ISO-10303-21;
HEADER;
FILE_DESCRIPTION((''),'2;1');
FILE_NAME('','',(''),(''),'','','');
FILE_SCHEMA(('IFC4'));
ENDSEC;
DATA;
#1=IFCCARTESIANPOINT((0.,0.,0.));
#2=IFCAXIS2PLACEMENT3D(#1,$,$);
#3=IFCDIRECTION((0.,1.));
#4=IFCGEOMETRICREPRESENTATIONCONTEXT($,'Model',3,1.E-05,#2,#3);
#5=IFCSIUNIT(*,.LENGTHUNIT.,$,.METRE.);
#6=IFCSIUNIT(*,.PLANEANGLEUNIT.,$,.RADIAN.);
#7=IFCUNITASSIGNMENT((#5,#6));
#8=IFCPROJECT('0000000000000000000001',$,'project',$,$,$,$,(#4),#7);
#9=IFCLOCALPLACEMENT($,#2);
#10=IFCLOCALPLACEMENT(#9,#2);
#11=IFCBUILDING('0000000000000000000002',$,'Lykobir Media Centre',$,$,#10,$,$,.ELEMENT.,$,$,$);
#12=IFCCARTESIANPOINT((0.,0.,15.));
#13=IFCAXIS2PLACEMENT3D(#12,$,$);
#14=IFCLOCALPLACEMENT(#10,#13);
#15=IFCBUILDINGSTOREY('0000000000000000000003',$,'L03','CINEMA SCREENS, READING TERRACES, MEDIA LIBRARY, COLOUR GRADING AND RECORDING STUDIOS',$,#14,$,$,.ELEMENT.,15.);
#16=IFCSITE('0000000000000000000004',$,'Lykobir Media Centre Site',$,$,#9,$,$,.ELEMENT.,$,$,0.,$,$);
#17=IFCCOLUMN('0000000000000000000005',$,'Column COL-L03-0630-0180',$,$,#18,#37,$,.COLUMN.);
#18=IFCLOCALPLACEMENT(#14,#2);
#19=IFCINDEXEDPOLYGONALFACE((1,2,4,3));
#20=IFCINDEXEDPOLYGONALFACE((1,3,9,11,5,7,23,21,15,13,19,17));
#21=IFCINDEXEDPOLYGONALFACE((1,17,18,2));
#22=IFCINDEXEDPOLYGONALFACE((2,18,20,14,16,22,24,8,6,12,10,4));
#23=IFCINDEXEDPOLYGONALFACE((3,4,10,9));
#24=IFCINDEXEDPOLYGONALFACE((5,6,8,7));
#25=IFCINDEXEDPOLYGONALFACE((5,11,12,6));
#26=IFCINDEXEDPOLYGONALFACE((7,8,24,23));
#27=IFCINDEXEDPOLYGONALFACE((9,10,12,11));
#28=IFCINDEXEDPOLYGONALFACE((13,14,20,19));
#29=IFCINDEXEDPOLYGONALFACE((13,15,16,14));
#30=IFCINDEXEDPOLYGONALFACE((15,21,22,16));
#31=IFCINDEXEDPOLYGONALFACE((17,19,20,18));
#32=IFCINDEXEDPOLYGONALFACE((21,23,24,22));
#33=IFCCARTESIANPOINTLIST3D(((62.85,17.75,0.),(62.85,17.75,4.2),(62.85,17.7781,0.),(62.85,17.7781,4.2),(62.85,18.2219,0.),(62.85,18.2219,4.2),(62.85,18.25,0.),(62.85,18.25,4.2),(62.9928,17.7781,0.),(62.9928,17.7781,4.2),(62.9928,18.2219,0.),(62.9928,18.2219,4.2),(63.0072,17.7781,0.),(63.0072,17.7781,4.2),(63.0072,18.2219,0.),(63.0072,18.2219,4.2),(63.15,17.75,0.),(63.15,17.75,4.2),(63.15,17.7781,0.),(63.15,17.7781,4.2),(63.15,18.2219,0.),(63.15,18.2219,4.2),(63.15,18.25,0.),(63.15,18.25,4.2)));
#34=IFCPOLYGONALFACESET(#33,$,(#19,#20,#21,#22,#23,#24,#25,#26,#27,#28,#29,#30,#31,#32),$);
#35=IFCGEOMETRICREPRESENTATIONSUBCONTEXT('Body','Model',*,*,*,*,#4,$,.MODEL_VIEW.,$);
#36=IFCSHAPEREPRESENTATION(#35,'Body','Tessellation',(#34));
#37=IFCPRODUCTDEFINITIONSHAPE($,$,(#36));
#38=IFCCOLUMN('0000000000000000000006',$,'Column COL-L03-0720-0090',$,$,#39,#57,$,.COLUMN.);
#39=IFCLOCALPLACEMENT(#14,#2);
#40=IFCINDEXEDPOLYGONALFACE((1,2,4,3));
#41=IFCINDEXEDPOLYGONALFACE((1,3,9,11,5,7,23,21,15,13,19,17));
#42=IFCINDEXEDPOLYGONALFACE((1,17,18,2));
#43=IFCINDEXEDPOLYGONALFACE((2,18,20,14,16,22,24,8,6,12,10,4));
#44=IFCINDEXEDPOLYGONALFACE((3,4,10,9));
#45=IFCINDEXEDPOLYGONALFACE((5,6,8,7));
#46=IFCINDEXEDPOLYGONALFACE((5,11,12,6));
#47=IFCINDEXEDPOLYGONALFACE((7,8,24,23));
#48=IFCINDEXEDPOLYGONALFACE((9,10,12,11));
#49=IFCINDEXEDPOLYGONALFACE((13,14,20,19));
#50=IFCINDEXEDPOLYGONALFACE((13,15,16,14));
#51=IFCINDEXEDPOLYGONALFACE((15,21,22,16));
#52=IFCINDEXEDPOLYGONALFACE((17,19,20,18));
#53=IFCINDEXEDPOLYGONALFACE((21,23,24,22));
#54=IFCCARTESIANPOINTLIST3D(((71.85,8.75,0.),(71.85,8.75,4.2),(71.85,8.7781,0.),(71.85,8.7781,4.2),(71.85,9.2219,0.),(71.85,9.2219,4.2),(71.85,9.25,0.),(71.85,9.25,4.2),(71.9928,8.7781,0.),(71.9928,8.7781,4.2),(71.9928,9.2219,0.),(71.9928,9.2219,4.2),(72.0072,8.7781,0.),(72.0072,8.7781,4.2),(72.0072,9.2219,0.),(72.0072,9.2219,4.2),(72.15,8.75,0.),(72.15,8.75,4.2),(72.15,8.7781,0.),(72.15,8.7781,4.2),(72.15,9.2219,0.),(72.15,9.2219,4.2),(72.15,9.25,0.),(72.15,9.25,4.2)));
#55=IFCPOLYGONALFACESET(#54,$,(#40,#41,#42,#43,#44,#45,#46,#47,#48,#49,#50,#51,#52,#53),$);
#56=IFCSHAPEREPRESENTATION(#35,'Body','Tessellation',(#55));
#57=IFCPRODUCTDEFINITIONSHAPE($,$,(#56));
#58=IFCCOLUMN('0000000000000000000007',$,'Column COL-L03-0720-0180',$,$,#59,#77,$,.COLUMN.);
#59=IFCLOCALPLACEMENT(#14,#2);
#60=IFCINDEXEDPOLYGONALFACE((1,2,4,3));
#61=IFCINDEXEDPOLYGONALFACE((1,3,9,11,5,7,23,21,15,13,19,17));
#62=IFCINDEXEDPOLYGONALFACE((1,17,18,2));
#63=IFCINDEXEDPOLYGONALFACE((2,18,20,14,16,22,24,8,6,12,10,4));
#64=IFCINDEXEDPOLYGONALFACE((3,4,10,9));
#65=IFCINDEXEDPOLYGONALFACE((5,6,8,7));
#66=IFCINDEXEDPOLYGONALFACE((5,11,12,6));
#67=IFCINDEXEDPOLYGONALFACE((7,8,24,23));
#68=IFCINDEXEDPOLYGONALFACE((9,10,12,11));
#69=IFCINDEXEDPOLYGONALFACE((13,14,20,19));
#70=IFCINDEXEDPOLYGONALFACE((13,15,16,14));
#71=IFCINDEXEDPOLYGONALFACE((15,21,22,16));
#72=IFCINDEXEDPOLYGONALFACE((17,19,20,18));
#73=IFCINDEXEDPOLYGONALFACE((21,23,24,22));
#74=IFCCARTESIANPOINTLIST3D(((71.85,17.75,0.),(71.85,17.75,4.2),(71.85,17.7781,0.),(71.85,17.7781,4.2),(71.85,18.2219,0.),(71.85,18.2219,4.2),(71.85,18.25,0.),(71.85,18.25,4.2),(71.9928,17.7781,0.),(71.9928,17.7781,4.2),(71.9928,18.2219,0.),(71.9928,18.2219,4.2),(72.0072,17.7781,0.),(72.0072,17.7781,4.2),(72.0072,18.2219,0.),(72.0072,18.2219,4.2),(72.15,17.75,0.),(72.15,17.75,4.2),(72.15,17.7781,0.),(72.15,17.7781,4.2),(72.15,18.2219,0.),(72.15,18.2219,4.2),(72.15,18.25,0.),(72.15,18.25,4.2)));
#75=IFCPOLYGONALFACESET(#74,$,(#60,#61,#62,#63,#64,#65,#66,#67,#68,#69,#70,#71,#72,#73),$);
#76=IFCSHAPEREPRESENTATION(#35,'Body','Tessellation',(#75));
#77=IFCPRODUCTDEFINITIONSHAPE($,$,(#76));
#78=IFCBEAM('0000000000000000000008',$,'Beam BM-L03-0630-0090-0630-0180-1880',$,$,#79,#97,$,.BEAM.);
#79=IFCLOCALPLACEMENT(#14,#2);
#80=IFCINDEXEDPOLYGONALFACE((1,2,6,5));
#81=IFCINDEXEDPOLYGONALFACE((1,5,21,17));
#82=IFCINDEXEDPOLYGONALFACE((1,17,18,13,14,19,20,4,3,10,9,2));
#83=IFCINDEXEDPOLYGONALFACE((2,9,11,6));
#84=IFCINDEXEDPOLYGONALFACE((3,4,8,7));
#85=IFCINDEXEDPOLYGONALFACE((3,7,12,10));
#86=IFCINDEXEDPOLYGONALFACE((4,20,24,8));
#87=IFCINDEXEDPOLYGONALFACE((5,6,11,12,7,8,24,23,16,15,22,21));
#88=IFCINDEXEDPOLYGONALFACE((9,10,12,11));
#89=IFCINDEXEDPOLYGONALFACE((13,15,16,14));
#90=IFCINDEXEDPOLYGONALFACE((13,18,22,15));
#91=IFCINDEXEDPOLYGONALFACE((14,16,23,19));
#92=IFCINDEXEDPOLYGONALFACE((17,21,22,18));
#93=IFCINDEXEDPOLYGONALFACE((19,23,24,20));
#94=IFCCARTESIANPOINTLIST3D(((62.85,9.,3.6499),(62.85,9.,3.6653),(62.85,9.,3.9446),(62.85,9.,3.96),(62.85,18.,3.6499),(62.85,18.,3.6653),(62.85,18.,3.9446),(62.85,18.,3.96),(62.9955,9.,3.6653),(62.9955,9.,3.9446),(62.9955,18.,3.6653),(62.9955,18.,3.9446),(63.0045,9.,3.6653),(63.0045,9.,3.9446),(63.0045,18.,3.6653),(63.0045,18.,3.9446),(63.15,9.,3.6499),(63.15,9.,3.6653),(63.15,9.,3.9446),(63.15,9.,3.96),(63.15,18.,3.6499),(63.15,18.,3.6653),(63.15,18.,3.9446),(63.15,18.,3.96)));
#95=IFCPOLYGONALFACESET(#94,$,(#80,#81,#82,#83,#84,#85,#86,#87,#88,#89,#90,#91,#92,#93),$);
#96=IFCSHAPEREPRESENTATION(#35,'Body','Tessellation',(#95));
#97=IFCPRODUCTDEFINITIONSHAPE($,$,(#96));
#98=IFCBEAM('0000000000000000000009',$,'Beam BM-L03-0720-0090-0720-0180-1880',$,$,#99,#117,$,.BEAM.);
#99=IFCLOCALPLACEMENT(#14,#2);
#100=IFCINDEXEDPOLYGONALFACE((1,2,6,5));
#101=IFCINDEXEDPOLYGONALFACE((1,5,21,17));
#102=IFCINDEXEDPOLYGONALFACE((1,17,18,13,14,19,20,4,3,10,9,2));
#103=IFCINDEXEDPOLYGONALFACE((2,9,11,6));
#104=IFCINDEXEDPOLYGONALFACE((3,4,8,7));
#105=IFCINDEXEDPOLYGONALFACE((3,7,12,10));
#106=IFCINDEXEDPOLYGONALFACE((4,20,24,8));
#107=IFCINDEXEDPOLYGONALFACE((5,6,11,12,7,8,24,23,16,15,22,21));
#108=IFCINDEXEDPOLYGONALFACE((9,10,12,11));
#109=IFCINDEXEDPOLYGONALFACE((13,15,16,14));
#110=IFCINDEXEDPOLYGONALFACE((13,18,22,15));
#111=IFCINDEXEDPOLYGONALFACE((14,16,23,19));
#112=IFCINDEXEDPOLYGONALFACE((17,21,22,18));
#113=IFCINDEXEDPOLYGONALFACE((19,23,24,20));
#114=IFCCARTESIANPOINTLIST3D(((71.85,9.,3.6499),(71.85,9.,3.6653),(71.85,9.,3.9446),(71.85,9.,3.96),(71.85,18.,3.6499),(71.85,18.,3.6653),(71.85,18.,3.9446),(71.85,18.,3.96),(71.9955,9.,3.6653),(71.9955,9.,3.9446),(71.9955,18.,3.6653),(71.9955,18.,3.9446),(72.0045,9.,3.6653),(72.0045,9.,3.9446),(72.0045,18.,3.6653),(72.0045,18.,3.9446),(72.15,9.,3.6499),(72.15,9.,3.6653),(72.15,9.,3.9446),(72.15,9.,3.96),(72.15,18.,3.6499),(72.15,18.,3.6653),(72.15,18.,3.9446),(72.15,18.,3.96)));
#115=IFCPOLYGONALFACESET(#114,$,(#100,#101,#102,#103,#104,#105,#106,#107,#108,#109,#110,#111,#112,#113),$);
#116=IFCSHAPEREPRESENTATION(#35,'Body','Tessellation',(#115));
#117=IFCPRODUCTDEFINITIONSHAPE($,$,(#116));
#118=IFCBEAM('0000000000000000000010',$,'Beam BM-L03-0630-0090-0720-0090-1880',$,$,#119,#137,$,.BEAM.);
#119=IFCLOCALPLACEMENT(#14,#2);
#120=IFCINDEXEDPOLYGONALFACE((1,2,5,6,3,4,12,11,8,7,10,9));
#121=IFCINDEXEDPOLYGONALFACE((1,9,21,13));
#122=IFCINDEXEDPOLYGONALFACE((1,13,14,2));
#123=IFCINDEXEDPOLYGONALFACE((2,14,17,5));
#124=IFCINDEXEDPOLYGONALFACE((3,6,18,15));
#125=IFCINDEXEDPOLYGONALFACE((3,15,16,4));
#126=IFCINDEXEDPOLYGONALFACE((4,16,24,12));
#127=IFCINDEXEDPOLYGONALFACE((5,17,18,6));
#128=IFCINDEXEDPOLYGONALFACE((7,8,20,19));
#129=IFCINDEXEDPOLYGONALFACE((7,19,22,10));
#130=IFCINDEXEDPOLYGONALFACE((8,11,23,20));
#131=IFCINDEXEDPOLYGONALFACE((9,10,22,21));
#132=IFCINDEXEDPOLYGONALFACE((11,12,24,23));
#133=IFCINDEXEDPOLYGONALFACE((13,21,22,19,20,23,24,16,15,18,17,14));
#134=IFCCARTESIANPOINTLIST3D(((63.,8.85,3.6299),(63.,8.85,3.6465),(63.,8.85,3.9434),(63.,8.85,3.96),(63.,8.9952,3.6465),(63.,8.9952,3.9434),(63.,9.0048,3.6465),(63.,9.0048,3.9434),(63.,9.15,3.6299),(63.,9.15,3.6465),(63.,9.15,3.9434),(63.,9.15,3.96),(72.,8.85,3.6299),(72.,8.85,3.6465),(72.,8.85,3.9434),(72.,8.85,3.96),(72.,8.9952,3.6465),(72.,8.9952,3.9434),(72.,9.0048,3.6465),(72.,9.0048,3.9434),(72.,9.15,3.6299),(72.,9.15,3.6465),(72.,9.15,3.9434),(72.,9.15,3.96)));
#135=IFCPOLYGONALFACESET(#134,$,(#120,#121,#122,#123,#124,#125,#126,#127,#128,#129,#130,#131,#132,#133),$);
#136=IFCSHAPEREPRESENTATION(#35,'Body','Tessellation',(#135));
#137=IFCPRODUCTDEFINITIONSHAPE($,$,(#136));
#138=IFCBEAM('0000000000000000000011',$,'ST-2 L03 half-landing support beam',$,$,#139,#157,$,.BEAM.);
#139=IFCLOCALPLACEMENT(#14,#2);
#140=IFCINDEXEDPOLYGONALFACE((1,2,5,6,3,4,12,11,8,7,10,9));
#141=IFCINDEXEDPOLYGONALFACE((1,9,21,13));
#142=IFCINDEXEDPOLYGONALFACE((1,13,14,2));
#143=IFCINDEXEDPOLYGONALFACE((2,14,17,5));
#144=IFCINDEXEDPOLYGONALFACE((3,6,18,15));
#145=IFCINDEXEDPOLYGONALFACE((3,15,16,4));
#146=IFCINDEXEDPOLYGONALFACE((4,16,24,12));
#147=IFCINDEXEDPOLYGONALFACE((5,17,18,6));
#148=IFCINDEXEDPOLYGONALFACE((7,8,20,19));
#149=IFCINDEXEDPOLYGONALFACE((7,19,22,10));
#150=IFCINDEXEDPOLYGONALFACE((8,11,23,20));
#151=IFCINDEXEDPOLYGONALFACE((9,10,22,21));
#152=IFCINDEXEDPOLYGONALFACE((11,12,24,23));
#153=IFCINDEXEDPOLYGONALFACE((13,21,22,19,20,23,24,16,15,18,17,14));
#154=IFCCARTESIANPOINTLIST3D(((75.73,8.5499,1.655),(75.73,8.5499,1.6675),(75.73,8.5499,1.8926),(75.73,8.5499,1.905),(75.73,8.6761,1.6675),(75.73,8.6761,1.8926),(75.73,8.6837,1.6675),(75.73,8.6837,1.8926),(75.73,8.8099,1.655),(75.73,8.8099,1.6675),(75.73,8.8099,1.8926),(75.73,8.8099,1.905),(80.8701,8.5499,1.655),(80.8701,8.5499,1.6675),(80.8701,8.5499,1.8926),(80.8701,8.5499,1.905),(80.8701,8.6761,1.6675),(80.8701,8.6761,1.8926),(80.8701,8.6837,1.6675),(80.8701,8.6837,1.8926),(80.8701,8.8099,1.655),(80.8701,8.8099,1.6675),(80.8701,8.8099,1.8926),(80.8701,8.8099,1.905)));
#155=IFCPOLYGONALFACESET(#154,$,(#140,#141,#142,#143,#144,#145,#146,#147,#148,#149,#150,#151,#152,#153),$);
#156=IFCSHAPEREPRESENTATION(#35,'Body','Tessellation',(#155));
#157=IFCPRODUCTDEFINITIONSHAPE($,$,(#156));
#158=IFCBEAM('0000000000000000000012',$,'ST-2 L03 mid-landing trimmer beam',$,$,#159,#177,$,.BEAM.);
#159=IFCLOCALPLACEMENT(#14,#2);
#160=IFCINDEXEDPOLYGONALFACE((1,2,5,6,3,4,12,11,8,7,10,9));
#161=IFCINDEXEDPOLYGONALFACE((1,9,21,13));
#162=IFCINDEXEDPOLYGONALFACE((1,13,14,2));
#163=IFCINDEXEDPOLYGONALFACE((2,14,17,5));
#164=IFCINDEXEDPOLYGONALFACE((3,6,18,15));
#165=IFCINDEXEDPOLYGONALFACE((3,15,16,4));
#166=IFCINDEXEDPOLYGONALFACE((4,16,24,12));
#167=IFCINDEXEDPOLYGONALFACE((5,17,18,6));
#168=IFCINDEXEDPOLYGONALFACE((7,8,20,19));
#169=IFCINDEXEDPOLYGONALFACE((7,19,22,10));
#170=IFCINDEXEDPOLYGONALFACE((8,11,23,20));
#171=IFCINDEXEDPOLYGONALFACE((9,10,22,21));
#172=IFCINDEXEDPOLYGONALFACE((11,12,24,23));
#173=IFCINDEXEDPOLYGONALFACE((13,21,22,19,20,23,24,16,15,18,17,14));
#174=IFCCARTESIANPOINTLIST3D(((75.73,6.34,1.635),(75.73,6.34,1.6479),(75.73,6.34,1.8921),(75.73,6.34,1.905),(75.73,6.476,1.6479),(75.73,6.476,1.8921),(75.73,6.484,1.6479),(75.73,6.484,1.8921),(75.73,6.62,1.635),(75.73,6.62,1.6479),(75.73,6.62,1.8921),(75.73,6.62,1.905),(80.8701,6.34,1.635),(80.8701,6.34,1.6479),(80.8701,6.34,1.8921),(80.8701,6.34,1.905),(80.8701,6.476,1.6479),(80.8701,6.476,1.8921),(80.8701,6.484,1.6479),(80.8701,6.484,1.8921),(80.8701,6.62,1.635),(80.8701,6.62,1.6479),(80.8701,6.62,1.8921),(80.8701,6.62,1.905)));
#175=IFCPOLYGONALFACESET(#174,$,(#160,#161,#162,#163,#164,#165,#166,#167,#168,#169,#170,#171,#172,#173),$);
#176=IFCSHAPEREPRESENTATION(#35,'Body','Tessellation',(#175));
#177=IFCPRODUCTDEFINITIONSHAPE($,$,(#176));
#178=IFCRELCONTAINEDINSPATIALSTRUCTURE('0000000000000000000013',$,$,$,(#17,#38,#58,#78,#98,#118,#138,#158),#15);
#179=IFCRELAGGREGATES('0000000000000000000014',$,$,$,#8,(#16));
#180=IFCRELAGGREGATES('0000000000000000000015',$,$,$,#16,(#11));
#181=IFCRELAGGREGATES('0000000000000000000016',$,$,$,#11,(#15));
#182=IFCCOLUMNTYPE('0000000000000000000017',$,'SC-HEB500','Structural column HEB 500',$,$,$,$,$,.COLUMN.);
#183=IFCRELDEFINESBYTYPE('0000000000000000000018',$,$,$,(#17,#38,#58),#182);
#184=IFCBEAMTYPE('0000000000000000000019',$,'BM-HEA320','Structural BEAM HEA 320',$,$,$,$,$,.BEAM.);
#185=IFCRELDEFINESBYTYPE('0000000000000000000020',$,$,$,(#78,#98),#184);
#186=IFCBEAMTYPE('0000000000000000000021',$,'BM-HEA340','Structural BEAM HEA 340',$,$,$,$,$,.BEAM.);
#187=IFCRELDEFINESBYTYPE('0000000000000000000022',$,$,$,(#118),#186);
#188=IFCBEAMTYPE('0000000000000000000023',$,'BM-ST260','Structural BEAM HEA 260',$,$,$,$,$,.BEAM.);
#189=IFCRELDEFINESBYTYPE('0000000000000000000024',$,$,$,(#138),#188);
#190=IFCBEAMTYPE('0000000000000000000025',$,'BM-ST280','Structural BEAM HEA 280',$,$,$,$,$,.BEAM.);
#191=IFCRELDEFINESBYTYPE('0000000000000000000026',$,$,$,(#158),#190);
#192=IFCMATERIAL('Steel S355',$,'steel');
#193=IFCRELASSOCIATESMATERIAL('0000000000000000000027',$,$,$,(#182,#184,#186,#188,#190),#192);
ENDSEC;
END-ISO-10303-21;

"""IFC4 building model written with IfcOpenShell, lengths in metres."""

from ifc_helpers import new_model, si_unit, direction, frame, origin, origin_2d, place, context, subcontext, project, spatial, i_section, extrude, material, material_profile, profile_set, type_object, element, save


model = new_model("IFC4")

# Units and contexts
model_context = context("Model", 3, precision=1e-05, world=origin(), true_north=direction((0.0, 1.0)))
body_context = subcontext(model_context, "Body", "Model", "MODEL_VIEW")
ifc_project = project(units=[si_unit("LENGTHUNIT", "METRE"), si_unit("PLANEANGLEUNIT", "RADIAN")], contexts=[model_context])

# Site, building, storey
site_placement = place(None, origin())
site = spatial("IfcSite", under=ifc_project, at=site_placement, Name="Lykobir Media Centre Site", CompositionType="ELEMENT", RefElevation=0.0)
building_placement = place(site_placement, origin())
building = spatial("IfcBuilding", under=site, at=building_placement, Name="Lykobir Media Centre", CompositionType="ELEMENT")
storey_placement = place(building_placement, frame((0.0, 0.0, 15.0)))
storey = spatial("IfcBuildingStorey", under=building, at=storey_placement, Name="L03", Description="CINEMA SCREENS, READING TERRACES, MEDIA LIBRARY, COLOUR GRADING AND RECORDING STUDIOS", CompositionType="ELEMENT", Elevation=15.0)

# Columns
ifc_material_1 = material(Name="Steel S355", Category="steel")
ifc_material_profile_1 = material_profile(ifc_material_1, i_section(OverallWidth=0.3, OverallDepth=0.5, WebThickness=0.0144, FlangeThickness=0.0281, at=origin_2d()), Name="HEB 500")
ifc_profile_set_1 = profile_set([ifc_material_profile_1], Name="Steel S355")
column_type = type_object("IfcColumnType", Name="SC-HEB500", Description="Structural column HEB 500", PredefinedType="COLUMN", material=ifc_profile_set_1)
for number, where, z_axis, x_axis, name in (
    (1, (63.0, 18.0, 0.0), (0.0, 0.0, 1.0), (1.0, 0.0, 0.0), "Column COL-L03-0630-0180"),
    (2, (72.0, 9.0, 0.0), (0.0, 0.0, 1.0), (1.0, 0.0, 0.0), "Column COL-L03-0720-0090"),
    (3, (72.0, 18.0, 0.0), (0.0, 0.0, 1.0), (1.0, 0.0, 0.0), "Column COL-L03-0720-0180"),
):
    element("IfcColumn", number, at=place(storey_placement, frame(where, z_axis=z_axis, x_axis=x_axis)), inside=storey, type_object=column_type, Name=name, PredefinedType="COLUMN", context=body_context, shape_type="SweptSolid", body=[
        extrude(i_section(OverallWidth=0.3, OverallDepth=0.5, WebThickness=0.0144, FlangeThickness=0.0281, at=origin_2d()), origin(), (0.0, 0.0, 1.0), 4.2),
    ])

# Beams
ifc_material_profile_2 = material_profile(ifc_material_1, i_section(OverallWidth=0.3, OverallDepth=0.3101, WebThickness=0.009, FlangeThickness=0.0154, at=origin_2d()), Name="HEA 320")
ifc_profile_set_2 = profile_set([ifc_material_profile_2], Name="Steel S355")
beam_type_1 = type_object("IfcBeamType", Name="BM-HEA320", Description="Structural BEAM HEA 320", PredefinedType="BEAM", material=ifc_profile_set_2)
for number, where, z_axis, x_axis, name in (
    (4, (63.0, 9.0, 3.8049), (0.0, 1.0, 0.0), (-1.0, 0.0, 0.0), "Beam BM-L03-0630-0090-0630-0180-1880"),
    (5, (72.0, 9.0, 3.8049), (0.0, 1.0, 0.0), (-1.0, 0.0, 0.0), "Beam BM-L03-0720-0090-0720-0180-1880"),
):
    element("IfcBeam", number, at=place(storey_placement, frame(where, z_axis=z_axis, x_axis=x_axis)), inside=storey, type_object=beam_type_1, Name=name, PredefinedType="BEAM", context=body_context, shape_type="SweptSolid", body=[
        extrude(i_section(OverallWidth=0.3, OverallDepth=0.3101, WebThickness=0.009, FlangeThickness=0.0154, at=origin_2d()), origin(), (0.0, 0.0, 1.0), 9.0),
    ])
ifc_material_profile_3 = material_profile(ifc_material_1, i_section(OverallWidth=0.3, OverallDepth=0.3301, WebThickness=0.0095, FlangeThickness=0.0166, at=origin_2d()), Name="HEA 340")
ifc_profile_set_3 = profile_set([ifc_material_profile_3], Name="Steel S355")
beam_type_2 = type_object("IfcBeamType", Name="BM-HEA340", Description="Structural BEAM HEA 340", PredefinedType="BEAM", material=ifc_profile_set_3)
beam_1_placement = place(storey_placement, frame((63.0, 9.0, 3.7949), z_axis=(1.0, 0.0, 0.0), x_axis=(0.0, 1.0, 0.0)))
element("IfcBeam", 6, at=beam_1_placement, inside=storey, type_object=beam_type_2, Name="Beam BM-L03-0630-0090-0720-0090-1880", PredefinedType="BEAM", context=body_context, shape_type="SweptSolid", body=[
    extrude(i_section(OverallWidth=0.3, OverallDepth=0.3301, WebThickness=0.0095, FlangeThickness=0.0166, at=origin_2d()), origin(), (0.0, 0.0, 1.0), 9.0),
])
ifc_material_profile_4 = material_profile(ifc_material_1, i_section(OverallWidth=0.26, OverallDepth=0.25, WebThickness=0.0076, FlangeThickness=0.0125, at=origin_2d()), Name="HEA 260")
ifc_profile_set_4 = profile_set([ifc_material_profile_4], Name="Steel S355")
beam_type_3 = type_object("IfcBeamType", Name="BM-ST260", Description="Structural BEAM HEA 260", PredefinedType="BEAM", material=ifc_profile_set_4)
beam_2_placement = place(storey_placement, frame((75.73, 8.6799, 1.78), z_axis=(1.0, 0.0, 0.0), x_axis=(0.0, 1.0, 0.0)))
element("IfcBeam", 7, at=beam_2_placement, inside=storey, type_object=beam_type_3, Name="ST-2 L03 half-landing support beam", PredefinedType="BEAM", context=body_context, shape_type="SweptSolid", body=[
    extrude(i_section(OverallWidth=0.26, OverallDepth=0.25, WebThickness=0.0076, FlangeThickness=0.0125, at=origin_2d()), origin(), (0.0, 0.0, 1.0), 5.1401),
])
ifc_material_profile_5 = material_profile(ifc_material_1, i_section(OverallWidth=0.28, OverallDepth=0.27, WebThickness=0.0081, FlangeThickness=0.0129, at=origin_2d()), Name="HEA 280")
ifc_profile_set_5 = profile_set([ifc_material_profile_5], Name="Steel S355")
beam_type_4 = type_object("IfcBeamType", Name="BM-ST280", Description="Structural BEAM HEA 280", PredefinedType="BEAM", material=ifc_profile_set_5)
beam_3_placement = place(storey_placement, frame((75.73, 6.48, 1.77), z_axis=(1.0, 0.0, 0.0), x_axis=(0.0, 1.0, 0.0)))
element("IfcBeam", 8, at=beam_3_placement, inside=storey, type_object=beam_type_4, Name="ST-2 L03 mid-landing trimmer beam", PredefinedType="BEAM", context=body_context, shape_type="SweptSolid", body=[
    extrude(i_section(OverallWidth=0.28, OverallDepth=0.27, WebThickness=0.0081, FlangeThickness=0.0129, at=origin_2d()), origin(), (0.0, 0.0, 1.0), 5.1401),
])

save(model, "model.ifc")
